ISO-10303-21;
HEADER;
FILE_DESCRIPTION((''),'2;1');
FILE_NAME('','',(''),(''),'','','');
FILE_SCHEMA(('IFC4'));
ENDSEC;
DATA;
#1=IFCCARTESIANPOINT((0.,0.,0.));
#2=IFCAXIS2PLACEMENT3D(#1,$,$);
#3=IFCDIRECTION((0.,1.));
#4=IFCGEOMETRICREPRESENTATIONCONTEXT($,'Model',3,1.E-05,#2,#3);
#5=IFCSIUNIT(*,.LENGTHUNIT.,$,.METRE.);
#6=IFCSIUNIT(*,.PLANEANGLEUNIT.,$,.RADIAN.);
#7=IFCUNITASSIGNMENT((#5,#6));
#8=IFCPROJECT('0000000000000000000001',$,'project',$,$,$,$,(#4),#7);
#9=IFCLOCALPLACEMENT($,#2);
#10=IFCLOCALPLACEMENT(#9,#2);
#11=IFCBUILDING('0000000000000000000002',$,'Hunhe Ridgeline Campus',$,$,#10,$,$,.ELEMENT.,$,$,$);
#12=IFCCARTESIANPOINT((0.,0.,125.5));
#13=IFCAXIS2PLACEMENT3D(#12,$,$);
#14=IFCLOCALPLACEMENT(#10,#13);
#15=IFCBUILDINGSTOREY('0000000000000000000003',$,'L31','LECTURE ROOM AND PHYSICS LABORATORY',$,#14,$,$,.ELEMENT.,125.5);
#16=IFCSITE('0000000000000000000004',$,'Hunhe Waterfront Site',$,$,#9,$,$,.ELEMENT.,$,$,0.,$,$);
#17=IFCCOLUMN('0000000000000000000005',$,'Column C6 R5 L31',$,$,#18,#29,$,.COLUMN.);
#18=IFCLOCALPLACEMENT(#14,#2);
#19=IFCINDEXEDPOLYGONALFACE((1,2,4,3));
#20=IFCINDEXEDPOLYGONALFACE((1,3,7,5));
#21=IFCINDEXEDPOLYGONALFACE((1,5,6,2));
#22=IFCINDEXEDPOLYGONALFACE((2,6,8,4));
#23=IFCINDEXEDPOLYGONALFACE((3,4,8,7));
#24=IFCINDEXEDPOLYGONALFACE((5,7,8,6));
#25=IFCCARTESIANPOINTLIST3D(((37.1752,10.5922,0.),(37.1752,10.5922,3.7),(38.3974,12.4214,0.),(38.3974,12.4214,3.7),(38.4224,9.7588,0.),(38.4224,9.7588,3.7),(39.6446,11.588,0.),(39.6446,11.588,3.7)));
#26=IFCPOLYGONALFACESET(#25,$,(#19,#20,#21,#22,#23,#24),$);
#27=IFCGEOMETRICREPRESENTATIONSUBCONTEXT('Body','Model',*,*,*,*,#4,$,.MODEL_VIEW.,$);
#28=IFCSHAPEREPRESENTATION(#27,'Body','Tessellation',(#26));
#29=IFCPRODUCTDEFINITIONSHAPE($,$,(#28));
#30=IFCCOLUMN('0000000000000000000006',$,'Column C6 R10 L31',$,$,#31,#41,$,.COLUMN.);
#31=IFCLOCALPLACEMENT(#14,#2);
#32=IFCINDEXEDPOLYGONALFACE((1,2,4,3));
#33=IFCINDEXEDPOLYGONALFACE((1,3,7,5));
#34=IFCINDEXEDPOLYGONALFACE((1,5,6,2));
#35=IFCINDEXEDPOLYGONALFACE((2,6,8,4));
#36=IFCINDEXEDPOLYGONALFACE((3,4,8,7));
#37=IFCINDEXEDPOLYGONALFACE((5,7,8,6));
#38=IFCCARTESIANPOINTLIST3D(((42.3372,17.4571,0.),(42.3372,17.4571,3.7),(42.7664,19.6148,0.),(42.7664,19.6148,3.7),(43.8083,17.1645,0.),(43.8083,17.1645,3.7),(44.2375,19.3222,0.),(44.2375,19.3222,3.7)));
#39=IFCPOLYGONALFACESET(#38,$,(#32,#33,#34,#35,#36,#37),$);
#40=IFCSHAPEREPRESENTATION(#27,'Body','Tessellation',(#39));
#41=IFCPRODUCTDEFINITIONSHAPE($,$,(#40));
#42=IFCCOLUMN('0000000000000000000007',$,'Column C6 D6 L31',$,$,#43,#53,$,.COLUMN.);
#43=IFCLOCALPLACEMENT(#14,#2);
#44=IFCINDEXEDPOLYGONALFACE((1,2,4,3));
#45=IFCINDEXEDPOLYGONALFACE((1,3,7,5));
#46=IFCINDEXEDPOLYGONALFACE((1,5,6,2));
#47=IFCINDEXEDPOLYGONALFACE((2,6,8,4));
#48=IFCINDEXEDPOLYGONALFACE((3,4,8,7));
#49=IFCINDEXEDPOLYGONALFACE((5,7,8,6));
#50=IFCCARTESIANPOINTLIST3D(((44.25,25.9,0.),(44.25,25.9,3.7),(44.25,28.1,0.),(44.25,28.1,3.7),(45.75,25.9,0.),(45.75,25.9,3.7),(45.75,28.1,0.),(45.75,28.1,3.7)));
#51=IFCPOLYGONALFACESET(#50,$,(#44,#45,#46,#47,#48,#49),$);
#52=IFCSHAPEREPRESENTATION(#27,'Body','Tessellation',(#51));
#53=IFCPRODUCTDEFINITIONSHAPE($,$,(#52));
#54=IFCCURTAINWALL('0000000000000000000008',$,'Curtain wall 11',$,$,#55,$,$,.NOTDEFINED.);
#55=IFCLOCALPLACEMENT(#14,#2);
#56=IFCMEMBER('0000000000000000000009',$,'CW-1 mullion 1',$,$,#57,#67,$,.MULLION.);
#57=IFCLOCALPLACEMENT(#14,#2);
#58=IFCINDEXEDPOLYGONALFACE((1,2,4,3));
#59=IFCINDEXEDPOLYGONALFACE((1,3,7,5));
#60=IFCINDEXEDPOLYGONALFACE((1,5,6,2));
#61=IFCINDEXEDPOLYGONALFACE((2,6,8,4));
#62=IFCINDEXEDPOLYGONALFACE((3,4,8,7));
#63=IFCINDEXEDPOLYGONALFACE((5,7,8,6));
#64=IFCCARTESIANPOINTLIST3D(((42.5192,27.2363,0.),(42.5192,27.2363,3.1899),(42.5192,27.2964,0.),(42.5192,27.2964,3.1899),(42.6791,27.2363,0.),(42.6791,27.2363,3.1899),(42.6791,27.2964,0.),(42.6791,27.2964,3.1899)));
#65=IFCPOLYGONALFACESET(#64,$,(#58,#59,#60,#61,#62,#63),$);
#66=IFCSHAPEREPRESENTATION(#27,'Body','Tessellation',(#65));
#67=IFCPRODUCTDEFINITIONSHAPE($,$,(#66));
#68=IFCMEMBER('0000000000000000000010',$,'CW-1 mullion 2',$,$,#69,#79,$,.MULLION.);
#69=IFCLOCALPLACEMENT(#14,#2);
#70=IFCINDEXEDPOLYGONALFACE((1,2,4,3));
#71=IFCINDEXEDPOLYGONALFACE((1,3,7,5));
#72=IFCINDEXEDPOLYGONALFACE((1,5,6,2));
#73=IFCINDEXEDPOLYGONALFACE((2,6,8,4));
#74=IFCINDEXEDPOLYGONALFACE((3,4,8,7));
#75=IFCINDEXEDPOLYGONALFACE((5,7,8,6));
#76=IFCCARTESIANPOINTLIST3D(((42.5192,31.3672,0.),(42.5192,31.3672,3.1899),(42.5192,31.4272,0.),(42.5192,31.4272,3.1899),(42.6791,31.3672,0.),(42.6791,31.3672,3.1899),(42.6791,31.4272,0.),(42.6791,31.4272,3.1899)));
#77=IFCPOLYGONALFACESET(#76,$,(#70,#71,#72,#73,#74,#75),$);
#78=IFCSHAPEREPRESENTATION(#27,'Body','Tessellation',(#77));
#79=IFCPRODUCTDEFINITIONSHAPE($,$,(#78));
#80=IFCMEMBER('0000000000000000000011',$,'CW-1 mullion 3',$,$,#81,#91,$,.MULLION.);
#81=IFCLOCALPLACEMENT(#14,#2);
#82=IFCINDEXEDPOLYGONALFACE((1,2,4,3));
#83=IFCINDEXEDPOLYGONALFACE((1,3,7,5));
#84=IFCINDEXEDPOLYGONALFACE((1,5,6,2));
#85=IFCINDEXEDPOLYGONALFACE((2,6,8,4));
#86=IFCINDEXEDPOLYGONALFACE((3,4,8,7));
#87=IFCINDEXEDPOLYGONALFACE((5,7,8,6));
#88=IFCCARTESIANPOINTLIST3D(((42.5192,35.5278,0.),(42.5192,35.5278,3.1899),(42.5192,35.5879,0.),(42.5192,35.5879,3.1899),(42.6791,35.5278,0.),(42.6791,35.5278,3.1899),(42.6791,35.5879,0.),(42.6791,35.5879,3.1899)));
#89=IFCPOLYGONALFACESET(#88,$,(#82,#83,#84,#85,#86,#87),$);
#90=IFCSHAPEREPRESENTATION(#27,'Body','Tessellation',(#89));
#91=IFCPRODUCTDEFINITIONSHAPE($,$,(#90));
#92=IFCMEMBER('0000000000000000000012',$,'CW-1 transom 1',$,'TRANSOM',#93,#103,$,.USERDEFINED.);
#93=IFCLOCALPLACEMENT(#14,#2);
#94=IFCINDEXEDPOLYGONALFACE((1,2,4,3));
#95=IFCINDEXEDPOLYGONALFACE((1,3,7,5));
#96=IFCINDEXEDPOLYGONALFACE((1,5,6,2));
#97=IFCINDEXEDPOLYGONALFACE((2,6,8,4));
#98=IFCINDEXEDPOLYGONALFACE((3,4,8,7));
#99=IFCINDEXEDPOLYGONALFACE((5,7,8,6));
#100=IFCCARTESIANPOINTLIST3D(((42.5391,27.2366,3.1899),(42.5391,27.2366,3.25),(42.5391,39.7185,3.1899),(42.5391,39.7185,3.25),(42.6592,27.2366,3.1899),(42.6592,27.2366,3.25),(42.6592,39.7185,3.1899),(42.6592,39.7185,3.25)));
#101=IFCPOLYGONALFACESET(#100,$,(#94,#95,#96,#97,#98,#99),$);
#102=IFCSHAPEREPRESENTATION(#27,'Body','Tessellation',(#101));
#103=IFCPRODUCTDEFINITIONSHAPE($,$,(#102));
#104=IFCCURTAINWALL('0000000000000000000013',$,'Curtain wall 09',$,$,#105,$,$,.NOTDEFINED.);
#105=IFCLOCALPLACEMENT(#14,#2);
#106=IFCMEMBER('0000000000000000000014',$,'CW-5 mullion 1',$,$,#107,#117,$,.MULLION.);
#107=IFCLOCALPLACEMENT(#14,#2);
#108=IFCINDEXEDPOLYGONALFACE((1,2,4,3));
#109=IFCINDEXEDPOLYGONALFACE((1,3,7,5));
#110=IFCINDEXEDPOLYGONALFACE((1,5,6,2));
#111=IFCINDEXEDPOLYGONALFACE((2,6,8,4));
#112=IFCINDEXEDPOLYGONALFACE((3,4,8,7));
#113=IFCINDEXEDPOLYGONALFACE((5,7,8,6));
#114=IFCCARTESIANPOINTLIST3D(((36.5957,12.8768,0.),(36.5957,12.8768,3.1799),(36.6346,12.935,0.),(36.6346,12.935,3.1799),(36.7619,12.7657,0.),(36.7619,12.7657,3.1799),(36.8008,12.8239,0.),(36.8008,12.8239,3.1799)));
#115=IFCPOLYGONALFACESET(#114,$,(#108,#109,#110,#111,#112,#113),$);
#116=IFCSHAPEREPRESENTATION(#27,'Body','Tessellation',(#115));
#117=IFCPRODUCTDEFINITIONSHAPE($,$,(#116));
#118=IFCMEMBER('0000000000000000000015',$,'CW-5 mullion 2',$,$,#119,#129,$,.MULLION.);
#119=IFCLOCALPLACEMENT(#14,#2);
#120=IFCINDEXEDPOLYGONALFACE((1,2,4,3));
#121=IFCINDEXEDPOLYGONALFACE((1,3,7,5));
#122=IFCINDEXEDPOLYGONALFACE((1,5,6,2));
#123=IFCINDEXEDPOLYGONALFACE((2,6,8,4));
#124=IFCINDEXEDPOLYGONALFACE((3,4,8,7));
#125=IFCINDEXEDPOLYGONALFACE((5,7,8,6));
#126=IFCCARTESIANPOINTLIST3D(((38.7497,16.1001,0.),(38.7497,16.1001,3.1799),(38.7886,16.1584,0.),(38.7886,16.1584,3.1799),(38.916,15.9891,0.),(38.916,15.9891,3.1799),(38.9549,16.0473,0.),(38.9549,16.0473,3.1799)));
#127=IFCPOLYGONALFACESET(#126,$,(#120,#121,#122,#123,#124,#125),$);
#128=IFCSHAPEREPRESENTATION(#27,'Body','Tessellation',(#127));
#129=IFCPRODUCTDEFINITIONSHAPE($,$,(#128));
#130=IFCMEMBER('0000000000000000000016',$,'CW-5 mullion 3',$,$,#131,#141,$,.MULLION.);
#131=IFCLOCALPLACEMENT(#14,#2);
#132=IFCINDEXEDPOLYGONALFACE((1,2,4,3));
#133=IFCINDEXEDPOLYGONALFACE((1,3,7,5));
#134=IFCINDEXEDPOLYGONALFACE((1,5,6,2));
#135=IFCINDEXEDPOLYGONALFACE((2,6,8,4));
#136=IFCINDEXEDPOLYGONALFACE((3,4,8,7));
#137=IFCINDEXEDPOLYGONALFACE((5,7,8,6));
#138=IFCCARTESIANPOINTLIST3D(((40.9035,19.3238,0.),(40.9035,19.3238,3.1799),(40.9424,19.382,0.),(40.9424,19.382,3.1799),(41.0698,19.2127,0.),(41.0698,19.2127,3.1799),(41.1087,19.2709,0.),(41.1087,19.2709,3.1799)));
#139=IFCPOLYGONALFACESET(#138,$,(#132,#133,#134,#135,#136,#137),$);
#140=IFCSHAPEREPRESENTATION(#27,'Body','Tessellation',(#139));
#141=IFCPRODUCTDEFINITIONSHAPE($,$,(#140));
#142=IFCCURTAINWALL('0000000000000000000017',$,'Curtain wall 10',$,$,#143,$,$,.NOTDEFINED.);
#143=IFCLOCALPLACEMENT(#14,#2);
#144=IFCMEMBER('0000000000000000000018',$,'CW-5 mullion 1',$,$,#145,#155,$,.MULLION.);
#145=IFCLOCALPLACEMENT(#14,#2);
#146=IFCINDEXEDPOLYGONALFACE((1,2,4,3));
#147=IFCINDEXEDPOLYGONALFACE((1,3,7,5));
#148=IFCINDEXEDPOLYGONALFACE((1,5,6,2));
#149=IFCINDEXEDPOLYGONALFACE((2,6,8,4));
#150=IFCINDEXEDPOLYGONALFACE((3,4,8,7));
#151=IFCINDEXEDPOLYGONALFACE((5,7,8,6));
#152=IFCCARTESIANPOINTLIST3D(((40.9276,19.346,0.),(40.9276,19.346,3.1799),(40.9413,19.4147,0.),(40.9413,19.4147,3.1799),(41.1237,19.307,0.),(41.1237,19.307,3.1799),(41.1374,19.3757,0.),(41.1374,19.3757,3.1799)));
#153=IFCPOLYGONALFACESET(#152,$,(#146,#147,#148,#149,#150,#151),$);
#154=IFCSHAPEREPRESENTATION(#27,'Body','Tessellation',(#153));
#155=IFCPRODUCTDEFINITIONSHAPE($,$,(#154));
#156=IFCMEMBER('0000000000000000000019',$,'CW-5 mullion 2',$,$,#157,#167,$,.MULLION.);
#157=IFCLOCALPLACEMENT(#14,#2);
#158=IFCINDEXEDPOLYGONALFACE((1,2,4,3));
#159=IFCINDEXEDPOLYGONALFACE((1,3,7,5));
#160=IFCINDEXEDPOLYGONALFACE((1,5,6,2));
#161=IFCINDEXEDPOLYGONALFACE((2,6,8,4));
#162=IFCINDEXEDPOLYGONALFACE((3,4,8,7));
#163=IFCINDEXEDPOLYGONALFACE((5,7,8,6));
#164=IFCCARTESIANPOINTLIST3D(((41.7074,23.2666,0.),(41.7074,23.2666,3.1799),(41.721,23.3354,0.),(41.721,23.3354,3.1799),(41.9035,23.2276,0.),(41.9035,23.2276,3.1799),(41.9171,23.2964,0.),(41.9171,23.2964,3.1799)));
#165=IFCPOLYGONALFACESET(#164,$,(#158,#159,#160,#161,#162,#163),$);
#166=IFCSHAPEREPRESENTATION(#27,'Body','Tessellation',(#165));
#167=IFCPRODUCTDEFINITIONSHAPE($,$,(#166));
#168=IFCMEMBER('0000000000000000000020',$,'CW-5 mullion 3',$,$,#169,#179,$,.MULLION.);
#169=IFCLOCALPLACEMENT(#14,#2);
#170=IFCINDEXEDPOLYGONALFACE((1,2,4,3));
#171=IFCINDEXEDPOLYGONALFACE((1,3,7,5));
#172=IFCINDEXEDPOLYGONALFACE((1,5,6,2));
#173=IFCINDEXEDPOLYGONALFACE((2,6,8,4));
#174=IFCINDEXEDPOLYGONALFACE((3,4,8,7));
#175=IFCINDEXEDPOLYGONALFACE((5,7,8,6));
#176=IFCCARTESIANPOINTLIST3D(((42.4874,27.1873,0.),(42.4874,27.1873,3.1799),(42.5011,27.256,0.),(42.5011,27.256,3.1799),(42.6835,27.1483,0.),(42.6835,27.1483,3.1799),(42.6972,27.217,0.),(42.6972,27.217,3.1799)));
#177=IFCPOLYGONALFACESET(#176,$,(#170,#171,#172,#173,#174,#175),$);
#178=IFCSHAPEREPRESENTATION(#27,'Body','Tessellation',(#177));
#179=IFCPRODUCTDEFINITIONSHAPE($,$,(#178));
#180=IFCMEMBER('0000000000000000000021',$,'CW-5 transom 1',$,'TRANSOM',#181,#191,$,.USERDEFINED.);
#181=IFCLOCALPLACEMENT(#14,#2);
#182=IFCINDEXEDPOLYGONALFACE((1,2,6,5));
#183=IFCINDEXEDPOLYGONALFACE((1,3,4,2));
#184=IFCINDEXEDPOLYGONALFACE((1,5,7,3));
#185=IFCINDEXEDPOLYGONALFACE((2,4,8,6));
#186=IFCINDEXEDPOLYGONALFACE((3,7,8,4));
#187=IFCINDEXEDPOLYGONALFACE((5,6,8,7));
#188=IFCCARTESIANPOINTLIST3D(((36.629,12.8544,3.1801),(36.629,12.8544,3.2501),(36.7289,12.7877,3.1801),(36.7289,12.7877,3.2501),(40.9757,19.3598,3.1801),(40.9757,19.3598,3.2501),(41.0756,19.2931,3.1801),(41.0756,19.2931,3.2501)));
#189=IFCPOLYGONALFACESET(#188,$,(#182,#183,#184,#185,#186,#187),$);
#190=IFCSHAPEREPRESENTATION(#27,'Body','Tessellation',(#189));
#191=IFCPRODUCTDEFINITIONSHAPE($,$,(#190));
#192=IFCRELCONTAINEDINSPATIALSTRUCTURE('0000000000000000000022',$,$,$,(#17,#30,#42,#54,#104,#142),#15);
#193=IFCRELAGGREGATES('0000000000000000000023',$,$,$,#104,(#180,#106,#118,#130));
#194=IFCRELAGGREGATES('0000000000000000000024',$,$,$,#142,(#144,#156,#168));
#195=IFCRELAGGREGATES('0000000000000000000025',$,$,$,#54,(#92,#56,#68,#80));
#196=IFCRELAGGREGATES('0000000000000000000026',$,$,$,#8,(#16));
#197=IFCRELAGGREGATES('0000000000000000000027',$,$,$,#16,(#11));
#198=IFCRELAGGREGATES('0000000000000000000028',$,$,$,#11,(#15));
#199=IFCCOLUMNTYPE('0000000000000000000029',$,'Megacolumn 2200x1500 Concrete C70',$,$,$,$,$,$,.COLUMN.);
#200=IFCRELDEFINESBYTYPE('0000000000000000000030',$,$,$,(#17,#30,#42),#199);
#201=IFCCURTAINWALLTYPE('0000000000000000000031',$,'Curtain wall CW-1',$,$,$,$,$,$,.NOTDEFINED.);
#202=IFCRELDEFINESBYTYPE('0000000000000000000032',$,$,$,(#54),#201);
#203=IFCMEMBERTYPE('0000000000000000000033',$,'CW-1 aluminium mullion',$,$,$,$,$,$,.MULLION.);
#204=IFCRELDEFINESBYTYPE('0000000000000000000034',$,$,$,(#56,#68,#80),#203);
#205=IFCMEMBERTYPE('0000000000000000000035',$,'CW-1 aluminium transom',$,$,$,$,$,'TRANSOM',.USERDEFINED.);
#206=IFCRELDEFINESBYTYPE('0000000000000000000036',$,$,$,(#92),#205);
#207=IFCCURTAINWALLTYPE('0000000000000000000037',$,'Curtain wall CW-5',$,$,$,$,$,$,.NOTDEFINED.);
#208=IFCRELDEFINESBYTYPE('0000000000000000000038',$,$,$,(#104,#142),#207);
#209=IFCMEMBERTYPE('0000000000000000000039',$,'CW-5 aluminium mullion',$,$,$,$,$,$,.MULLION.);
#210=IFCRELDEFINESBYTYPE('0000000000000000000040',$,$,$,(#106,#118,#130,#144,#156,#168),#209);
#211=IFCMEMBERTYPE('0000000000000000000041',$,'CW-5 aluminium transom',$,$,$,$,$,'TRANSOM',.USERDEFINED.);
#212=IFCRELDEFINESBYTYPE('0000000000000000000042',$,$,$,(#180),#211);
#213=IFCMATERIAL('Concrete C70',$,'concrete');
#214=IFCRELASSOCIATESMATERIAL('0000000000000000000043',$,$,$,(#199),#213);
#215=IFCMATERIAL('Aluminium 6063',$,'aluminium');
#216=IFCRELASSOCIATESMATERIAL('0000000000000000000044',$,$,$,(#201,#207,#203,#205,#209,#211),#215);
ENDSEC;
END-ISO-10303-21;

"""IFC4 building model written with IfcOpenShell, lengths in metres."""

from ifc_helpers import new_model, si_unit, direction, frame, origin, origin_2d, place, context, subcontext, project, spatial, rectangle, extrude, material, material_profile, profile_set, type_object, element, aggregate, save


model = new_model("IFC4")

# Units and contexts
model_context = context("Model", 3, precision=1e-05, world=origin(), true_north=direction((0.0, 1.0)))
body_context = subcontext(model_context, "Body", "Model", "MODEL_VIEW")
ifc_project = project(units=[si_unit("LENGTHUNIT", "METRE"), si_unit("PLANEANGLEUNIT", "RADIAN")], contexts=[model_context])

# Site, building, storey
site_placement = place(None, origin())
site = spatial("IfcSite", under=ifc_project, at=site_placement, Name="Hunhe Waterfront Site", CompositionType="ELEMENT", RefElevation=0.0)
building_placement = place(site_placement, origin())
building = spatial("IfcBuilding", under=site, at=building_placement, Name="Hunhe Ridgeline Campus", CompositionType="ELEMENT")
storey_placement = place(building_placement, frame((0.0, 0.0, 125.5)))
storey = spatial("IfcBuildingStorey", under=building, at=storey_placement, Name="L31", Description="LECTURE ROOM AND PHYSICS LABORATORY", CompositionType="ELEMENT", Elevation=125.5)

# Columns
ifc_material_1 = material(Name="Concrete C70", Category="concrete")
ifc_material_profile_1 = material_profile(ifc_material_1, rectangle(XDim=2.2, YDim=1.5, at=origin_2d()))
ifc_profile_set_1 = profile_set([ifc_material_profile_1], Name="Concrete C70")
column_type = type_object("IfcColumnType", Name="Megacolumn 2200x1500 Concrete C70", PredefinedType="COLUMN", material=ifc_profile_set_1)
for number, where, z_axis, x_axis, name in (
    (1, (38.4099, 11.0901, 0.0), (0.0, 0.0, 1.0), (0.55557, 0.83147, 0.0), "Column C6 R5 L31"),
    (2, (43.2874, 18.3896, 0.0), (0.0, 0.0, 1.0), (0.19509, 0.980785, 0.0), "Column C6 R10 L31"),
    (3, (45.0, 27.0, 0.0), (0.0, 0.0, 1.0), (0.0, 1.0, 0.0), "Column C6 D6 L31"),
):
    element("IfcColumn", number, at=place(storey_placement, frame(where, z_axis=z_axis, x_axis=x_axis)), inside=storey, type_object=column_type, Name=name, PredefinedType="COLUMN", context=body_context, shape_type="SweptSolid", body=[
        extrude(rectangle(XDim=2.2, YDim=1.5, at=origin_2d()), origin(), (0.0, 0.0, 1.0), 3.7),
    ])

# Curtain walls, members
ifc_material_2 = material(Name="Aluminium 6063", Category="aluminium")
curtain_wall_type_1 = type_object("IfcCurtainWallType", Name="Curtain wall CW-1", PredefinedType="NOTDEFINED", material=ifc_material_2)
curtain_wall_1_placement = place(storey_placement, origin())
curtain_wall_1 = element("IfcCurtainWall", 4, at=curtain_wall_1_placement, inside=storey, type_object=curtain_wall_type_1, Name="Curtain wall 11", PredefinedType="NOTDEFINED")
ifc_material_profile_2 = material_profile(ifc_material_2, rectangle(XDim=0.1599, YDim=0.0601, at=origin_2d()))
ifc_profile_set_2 = profile_set([ifc_material_profile_2], Name="Aluminium 6063")
member_type_1 = type_object("IfcMemberType", Name="CW-1 aluminium mullion", PredefinedType="MULLION", material=ifc_profile_set_2)
member_1_placement = place(storey_placement, frame((42.5991, 27.2664, 0.0), z_axis=(0.0, 0.0, 1.0), x_axis=(-1.0, 0.000011, 0.0)))
member_1 = element("IfcMember", 5, at=member_1_placement, type_object=member_type_1, Name="CW-1 mullion 1", PredefinedType="MULLION", context=body_context, shape_type="SweptSolid", body=[
    extrude(rectangle(XDim=0.1599, YDim=0.0601, at=origin_2d()), origin(), (0.0, 0.0, 1.0), 3.1899),
])
member_2_placement = place(storey_placement, frame((42.5991, 31.3972, 0.0), z_axis=(0.0, 0.0, 1.0), x_axis=(-1.0, 0.000011, 0.0)))
member_2 = element("IfcMember", 6, at=member_2_placement, type_object=member_type_1, Name="CW-1 mullion 2", PredefinedType="MULLION", context=body_context, shape_type="SweptSolid", body=[
    extrude(rectangle(XDim=0.1599, YDim=0.0601, at=origin_2d()), origin(), (0.0, 0.0, 1.0), 3.1899),
])
member_3_placement = place(storey_placement, frame((42.5991, 35.5579, 0.0), z_axis=(0.0, 0.0, 1.0), x_axis=(-1.0, 0.000011, 0.0)))
member_3 = element("IfcMember", 7, at=member_3_placement, type_object=member_type_1, Name="CW-1 mullion 3", PredefinedType="MULLION", context=body_context, shape_type="SweptSolid", body=[
    extrude(rectangle(XDim=0.1599, YDim=0.0601, at=origin_2d()), origin(), (0.0, 0.0, 1.0), 3.1899),
])
ifc_material_profile_3 = material_profile(ifc_material_2, rectangle(XDim=0.1201, YDim=0.0601, at=origin_2d()))
ifc_profile_set_3 = profile_set([ifc_material_profile_3], Name="Aluminium 6063")
member_type_2 = type_object("IfcMemberType", Name="CW-1 aluminium transom", ElementType="TRANSOM", PredefinedType="USERDEFINED", material=ifc_profile_set_3)
member_4_placement = place(storey_placement, frame((42.5991, 27.2366, 3.22), z_axis=(0.0, 1.0, 0.0), x_axis=(-1.0, 0.0, 0.0)))
member_4 = element("IfcMember", 8, at=member_4_placement, type_object=member_type_2, Name="CW-1 transom 1", ObjectType="TRANSOM", PredefinedType="USERDEFINED", context=body_context, shape_type="SweptSolid", body=[
    extrude(rectangle(XDim=0.1201, YDim=0.0601, at=origin_2d()), origin(), (0.0, 0.0, 1.0), 12.4819),
])
curtain_wall_type_2 = type_object("IfcCurtainWallType", Name="Curtain wall CW-5", PredefinedType="NOTDEFINED", material=ifc_material_2)
curtain_wall_2_placement = place(storey_placement, origin())
curtain_wall_2 = element("IfcCurtainWall", 9, at=curtain_wall_2_placement, inside=storey, type_object=curtain_wall_type_2, Name="Curtain wall 09", PredefinedType="NOTDEFINED")
ifc_material_profile_4 = material_profile(ifc_material_2, rectangle(XDim=0.2, YDim=0.0701, at=origin_2d()))
ifc_profile_set_4 = profile_set([ifc_material_profile_4], Name="Aluminium 6063")
member_type_3 = type_object("IfcMemberType", Name="CW-5 aluminium mullion", PredefinedType="MULLION", material=ifc_profile_set_4)
member_5_placement = place(storey_placement, frame((36.6982, 12.8503, 0.0), z_axis=(0.0, 0.0, 1.0), x_axis=(-0.83147, 0.55557, 0.0)))
member_5 = element("IfcMember", 10, at=member_5_placement, type_object=member_type_3, Name="CW-5 mullion 1", PredefinedType="MULLION", context=body_context, shape_type="SweptSolid", body=[
    extrude(rectangle(XDim=0.2, YDim=0.0701, at=origin_2d()), origin(), (0.0, 0.0, 1.0), 3.1799),
])
member_6_placement = place(storey_placement, frame((38.8523, 16.0737, 0.0), z_axis=(0.0, 0.0, 1.0), x_axis=(-0.83147, 0.55557, 0.0)))
member_6 = element("IfcMember", 11, at=member_6_placement, type_object=member_type_3, Name="CW-5 mullion 2", PredefinedType="MULLION", context=body_context, shape_type="SweptSolid", body=[
    extrude(rectangle(XDim=0.2, YDim=0.0701, at=origin_2d()), origin(), (0.0, 0.0, 1.0), 3.1799),
])
member_7_placement = place(storey_placement, frame((41.0061, 19.2974, 0.0), z_axis=(0.0, 0.0, 1.0), x_axis=(-0.83147, 0.55557, 0.0)))
member_7 = element("IfcMember", 12, at=member_7_placement, type_object=member_type_3, Name="CW-5 mullion 3", PredefinedType="MULLION", context=body_context, shape_type="SweptSolid", body=[
    extrude(rectangle(XDim=0.2, YDim=0.0701, at=origin_2d()), origin(), (0.0, 0.0, 1.0), 3.1799),
])
curtain_wall_3_placement = place(storey_placement, origin())
curtain_wall_3 = element("IfcCurtainWall", 13, at=curtain_wall_3_placement, inside=storey, type_object=curtain_wall_type_2, Name="Curtain wall 10", PredefinedType="NOTDEFINED")
member_8_placement = place(storey_placement, frame((41.0325, 19.3608, 0.0), z_axis=(0.0, 0.0, 1.0), x_axis=(-0.980785, 0.19509, 0.0)))
member_8 = element("IfcMember", 14, at=member_8_placement, type_object=member_type_3, Name="CW-5 mullion 1", PredefinedType="MULLION", context=body_context, shape_type="SweptSolid", body=[
    extrude(rectangle(XDim=0.2, YDim=0.0701, at=origin_2d()), origin(), (0.0, 0.0, 1.0), 3.1799),
])
member_9_placement = place(storey_placement, frame((41.8123, 23.2815, 0.0), z_axis=(0.0, 0.0, 1.0), x_axis=(-0.980785, 0.19509, 0.0)))
member_9 = element("IfcMember", 15, at=member_9_placement, type_object=member_type_3, Name="CW-5 mullion 2", PredefinedType="MULLION", context=body_context, shape_type="SweptSolid", body=[
    extrude(rectangle(XDim=0.2, YDim=0.0701, at=origin_2d()), origin(), (0.0, 0.0, 1.0), 3.1799),
])
member_10_placement = place(storey_placement, frame((42.5923, 27.2021, 0.0), z_axis=(0.0, 0.0, 1.0), x_axis=(-0.980785, 0.19509, 0.0)))
member_10 = element("IfcMember", 16, at=member_10_placement, type_object=member_type_3, Name="CW-5 mullion 3", PredefinedType="MULLION", context=body_context, shape_type="SweptSolid", body=[
    extrude(rectangle(XDim=0.2, YDim=0.0701, at=origin_2d()), origin(), (0.0, 0.0, 1.0), 3.1799),
])

# Member
ifc_material_profile_5 = material_profile(ifc_material_2, rectangle(XDim=0.1201, YDim=0.0701, at=origin_2d()))
ifc_profile_set_5 = profile_set([ifc_material_profile_5], Name="Aluminium 6063")
member_type_4 = type_object("IfcMemberType", Name="CW-5 aluminium transom", ElementType="TRANSOM", PredefinedType="USERDEFINED", material=ifc_profile_set_5)
member_11_placement = place(storey_placement, frame((36.679, 12.821, 3.2151), z_axis=(0.555564, 0.831474, 0.0), x_axis=(-0.831474, 0.555564, 0.0)))
member_11 = element("IfcMember", 17, at=member_11_placement, type_object=member_type_4, Name="CW-5 transom 1", ObjectType="TRANSOM", PredefinedType="USERDEFINED", context=body_context, shape_type="SweptSolid", body=[
    extrude(rectangle(XDim=0.1201, YDim=0.0701, at=origin_2d()), origin(), (0.0, 0.0, 1.0), 7.824),
])

aggregate(curtain_wall_2, [member_11, member_5, member_6, member_7])
aggregate(curtain_wall_3, [member_8, member_9, member_10])
aggregate(curtain_wall_1, [member_4, member_1, member_2, member_3])

save(model, "model.ifc")
